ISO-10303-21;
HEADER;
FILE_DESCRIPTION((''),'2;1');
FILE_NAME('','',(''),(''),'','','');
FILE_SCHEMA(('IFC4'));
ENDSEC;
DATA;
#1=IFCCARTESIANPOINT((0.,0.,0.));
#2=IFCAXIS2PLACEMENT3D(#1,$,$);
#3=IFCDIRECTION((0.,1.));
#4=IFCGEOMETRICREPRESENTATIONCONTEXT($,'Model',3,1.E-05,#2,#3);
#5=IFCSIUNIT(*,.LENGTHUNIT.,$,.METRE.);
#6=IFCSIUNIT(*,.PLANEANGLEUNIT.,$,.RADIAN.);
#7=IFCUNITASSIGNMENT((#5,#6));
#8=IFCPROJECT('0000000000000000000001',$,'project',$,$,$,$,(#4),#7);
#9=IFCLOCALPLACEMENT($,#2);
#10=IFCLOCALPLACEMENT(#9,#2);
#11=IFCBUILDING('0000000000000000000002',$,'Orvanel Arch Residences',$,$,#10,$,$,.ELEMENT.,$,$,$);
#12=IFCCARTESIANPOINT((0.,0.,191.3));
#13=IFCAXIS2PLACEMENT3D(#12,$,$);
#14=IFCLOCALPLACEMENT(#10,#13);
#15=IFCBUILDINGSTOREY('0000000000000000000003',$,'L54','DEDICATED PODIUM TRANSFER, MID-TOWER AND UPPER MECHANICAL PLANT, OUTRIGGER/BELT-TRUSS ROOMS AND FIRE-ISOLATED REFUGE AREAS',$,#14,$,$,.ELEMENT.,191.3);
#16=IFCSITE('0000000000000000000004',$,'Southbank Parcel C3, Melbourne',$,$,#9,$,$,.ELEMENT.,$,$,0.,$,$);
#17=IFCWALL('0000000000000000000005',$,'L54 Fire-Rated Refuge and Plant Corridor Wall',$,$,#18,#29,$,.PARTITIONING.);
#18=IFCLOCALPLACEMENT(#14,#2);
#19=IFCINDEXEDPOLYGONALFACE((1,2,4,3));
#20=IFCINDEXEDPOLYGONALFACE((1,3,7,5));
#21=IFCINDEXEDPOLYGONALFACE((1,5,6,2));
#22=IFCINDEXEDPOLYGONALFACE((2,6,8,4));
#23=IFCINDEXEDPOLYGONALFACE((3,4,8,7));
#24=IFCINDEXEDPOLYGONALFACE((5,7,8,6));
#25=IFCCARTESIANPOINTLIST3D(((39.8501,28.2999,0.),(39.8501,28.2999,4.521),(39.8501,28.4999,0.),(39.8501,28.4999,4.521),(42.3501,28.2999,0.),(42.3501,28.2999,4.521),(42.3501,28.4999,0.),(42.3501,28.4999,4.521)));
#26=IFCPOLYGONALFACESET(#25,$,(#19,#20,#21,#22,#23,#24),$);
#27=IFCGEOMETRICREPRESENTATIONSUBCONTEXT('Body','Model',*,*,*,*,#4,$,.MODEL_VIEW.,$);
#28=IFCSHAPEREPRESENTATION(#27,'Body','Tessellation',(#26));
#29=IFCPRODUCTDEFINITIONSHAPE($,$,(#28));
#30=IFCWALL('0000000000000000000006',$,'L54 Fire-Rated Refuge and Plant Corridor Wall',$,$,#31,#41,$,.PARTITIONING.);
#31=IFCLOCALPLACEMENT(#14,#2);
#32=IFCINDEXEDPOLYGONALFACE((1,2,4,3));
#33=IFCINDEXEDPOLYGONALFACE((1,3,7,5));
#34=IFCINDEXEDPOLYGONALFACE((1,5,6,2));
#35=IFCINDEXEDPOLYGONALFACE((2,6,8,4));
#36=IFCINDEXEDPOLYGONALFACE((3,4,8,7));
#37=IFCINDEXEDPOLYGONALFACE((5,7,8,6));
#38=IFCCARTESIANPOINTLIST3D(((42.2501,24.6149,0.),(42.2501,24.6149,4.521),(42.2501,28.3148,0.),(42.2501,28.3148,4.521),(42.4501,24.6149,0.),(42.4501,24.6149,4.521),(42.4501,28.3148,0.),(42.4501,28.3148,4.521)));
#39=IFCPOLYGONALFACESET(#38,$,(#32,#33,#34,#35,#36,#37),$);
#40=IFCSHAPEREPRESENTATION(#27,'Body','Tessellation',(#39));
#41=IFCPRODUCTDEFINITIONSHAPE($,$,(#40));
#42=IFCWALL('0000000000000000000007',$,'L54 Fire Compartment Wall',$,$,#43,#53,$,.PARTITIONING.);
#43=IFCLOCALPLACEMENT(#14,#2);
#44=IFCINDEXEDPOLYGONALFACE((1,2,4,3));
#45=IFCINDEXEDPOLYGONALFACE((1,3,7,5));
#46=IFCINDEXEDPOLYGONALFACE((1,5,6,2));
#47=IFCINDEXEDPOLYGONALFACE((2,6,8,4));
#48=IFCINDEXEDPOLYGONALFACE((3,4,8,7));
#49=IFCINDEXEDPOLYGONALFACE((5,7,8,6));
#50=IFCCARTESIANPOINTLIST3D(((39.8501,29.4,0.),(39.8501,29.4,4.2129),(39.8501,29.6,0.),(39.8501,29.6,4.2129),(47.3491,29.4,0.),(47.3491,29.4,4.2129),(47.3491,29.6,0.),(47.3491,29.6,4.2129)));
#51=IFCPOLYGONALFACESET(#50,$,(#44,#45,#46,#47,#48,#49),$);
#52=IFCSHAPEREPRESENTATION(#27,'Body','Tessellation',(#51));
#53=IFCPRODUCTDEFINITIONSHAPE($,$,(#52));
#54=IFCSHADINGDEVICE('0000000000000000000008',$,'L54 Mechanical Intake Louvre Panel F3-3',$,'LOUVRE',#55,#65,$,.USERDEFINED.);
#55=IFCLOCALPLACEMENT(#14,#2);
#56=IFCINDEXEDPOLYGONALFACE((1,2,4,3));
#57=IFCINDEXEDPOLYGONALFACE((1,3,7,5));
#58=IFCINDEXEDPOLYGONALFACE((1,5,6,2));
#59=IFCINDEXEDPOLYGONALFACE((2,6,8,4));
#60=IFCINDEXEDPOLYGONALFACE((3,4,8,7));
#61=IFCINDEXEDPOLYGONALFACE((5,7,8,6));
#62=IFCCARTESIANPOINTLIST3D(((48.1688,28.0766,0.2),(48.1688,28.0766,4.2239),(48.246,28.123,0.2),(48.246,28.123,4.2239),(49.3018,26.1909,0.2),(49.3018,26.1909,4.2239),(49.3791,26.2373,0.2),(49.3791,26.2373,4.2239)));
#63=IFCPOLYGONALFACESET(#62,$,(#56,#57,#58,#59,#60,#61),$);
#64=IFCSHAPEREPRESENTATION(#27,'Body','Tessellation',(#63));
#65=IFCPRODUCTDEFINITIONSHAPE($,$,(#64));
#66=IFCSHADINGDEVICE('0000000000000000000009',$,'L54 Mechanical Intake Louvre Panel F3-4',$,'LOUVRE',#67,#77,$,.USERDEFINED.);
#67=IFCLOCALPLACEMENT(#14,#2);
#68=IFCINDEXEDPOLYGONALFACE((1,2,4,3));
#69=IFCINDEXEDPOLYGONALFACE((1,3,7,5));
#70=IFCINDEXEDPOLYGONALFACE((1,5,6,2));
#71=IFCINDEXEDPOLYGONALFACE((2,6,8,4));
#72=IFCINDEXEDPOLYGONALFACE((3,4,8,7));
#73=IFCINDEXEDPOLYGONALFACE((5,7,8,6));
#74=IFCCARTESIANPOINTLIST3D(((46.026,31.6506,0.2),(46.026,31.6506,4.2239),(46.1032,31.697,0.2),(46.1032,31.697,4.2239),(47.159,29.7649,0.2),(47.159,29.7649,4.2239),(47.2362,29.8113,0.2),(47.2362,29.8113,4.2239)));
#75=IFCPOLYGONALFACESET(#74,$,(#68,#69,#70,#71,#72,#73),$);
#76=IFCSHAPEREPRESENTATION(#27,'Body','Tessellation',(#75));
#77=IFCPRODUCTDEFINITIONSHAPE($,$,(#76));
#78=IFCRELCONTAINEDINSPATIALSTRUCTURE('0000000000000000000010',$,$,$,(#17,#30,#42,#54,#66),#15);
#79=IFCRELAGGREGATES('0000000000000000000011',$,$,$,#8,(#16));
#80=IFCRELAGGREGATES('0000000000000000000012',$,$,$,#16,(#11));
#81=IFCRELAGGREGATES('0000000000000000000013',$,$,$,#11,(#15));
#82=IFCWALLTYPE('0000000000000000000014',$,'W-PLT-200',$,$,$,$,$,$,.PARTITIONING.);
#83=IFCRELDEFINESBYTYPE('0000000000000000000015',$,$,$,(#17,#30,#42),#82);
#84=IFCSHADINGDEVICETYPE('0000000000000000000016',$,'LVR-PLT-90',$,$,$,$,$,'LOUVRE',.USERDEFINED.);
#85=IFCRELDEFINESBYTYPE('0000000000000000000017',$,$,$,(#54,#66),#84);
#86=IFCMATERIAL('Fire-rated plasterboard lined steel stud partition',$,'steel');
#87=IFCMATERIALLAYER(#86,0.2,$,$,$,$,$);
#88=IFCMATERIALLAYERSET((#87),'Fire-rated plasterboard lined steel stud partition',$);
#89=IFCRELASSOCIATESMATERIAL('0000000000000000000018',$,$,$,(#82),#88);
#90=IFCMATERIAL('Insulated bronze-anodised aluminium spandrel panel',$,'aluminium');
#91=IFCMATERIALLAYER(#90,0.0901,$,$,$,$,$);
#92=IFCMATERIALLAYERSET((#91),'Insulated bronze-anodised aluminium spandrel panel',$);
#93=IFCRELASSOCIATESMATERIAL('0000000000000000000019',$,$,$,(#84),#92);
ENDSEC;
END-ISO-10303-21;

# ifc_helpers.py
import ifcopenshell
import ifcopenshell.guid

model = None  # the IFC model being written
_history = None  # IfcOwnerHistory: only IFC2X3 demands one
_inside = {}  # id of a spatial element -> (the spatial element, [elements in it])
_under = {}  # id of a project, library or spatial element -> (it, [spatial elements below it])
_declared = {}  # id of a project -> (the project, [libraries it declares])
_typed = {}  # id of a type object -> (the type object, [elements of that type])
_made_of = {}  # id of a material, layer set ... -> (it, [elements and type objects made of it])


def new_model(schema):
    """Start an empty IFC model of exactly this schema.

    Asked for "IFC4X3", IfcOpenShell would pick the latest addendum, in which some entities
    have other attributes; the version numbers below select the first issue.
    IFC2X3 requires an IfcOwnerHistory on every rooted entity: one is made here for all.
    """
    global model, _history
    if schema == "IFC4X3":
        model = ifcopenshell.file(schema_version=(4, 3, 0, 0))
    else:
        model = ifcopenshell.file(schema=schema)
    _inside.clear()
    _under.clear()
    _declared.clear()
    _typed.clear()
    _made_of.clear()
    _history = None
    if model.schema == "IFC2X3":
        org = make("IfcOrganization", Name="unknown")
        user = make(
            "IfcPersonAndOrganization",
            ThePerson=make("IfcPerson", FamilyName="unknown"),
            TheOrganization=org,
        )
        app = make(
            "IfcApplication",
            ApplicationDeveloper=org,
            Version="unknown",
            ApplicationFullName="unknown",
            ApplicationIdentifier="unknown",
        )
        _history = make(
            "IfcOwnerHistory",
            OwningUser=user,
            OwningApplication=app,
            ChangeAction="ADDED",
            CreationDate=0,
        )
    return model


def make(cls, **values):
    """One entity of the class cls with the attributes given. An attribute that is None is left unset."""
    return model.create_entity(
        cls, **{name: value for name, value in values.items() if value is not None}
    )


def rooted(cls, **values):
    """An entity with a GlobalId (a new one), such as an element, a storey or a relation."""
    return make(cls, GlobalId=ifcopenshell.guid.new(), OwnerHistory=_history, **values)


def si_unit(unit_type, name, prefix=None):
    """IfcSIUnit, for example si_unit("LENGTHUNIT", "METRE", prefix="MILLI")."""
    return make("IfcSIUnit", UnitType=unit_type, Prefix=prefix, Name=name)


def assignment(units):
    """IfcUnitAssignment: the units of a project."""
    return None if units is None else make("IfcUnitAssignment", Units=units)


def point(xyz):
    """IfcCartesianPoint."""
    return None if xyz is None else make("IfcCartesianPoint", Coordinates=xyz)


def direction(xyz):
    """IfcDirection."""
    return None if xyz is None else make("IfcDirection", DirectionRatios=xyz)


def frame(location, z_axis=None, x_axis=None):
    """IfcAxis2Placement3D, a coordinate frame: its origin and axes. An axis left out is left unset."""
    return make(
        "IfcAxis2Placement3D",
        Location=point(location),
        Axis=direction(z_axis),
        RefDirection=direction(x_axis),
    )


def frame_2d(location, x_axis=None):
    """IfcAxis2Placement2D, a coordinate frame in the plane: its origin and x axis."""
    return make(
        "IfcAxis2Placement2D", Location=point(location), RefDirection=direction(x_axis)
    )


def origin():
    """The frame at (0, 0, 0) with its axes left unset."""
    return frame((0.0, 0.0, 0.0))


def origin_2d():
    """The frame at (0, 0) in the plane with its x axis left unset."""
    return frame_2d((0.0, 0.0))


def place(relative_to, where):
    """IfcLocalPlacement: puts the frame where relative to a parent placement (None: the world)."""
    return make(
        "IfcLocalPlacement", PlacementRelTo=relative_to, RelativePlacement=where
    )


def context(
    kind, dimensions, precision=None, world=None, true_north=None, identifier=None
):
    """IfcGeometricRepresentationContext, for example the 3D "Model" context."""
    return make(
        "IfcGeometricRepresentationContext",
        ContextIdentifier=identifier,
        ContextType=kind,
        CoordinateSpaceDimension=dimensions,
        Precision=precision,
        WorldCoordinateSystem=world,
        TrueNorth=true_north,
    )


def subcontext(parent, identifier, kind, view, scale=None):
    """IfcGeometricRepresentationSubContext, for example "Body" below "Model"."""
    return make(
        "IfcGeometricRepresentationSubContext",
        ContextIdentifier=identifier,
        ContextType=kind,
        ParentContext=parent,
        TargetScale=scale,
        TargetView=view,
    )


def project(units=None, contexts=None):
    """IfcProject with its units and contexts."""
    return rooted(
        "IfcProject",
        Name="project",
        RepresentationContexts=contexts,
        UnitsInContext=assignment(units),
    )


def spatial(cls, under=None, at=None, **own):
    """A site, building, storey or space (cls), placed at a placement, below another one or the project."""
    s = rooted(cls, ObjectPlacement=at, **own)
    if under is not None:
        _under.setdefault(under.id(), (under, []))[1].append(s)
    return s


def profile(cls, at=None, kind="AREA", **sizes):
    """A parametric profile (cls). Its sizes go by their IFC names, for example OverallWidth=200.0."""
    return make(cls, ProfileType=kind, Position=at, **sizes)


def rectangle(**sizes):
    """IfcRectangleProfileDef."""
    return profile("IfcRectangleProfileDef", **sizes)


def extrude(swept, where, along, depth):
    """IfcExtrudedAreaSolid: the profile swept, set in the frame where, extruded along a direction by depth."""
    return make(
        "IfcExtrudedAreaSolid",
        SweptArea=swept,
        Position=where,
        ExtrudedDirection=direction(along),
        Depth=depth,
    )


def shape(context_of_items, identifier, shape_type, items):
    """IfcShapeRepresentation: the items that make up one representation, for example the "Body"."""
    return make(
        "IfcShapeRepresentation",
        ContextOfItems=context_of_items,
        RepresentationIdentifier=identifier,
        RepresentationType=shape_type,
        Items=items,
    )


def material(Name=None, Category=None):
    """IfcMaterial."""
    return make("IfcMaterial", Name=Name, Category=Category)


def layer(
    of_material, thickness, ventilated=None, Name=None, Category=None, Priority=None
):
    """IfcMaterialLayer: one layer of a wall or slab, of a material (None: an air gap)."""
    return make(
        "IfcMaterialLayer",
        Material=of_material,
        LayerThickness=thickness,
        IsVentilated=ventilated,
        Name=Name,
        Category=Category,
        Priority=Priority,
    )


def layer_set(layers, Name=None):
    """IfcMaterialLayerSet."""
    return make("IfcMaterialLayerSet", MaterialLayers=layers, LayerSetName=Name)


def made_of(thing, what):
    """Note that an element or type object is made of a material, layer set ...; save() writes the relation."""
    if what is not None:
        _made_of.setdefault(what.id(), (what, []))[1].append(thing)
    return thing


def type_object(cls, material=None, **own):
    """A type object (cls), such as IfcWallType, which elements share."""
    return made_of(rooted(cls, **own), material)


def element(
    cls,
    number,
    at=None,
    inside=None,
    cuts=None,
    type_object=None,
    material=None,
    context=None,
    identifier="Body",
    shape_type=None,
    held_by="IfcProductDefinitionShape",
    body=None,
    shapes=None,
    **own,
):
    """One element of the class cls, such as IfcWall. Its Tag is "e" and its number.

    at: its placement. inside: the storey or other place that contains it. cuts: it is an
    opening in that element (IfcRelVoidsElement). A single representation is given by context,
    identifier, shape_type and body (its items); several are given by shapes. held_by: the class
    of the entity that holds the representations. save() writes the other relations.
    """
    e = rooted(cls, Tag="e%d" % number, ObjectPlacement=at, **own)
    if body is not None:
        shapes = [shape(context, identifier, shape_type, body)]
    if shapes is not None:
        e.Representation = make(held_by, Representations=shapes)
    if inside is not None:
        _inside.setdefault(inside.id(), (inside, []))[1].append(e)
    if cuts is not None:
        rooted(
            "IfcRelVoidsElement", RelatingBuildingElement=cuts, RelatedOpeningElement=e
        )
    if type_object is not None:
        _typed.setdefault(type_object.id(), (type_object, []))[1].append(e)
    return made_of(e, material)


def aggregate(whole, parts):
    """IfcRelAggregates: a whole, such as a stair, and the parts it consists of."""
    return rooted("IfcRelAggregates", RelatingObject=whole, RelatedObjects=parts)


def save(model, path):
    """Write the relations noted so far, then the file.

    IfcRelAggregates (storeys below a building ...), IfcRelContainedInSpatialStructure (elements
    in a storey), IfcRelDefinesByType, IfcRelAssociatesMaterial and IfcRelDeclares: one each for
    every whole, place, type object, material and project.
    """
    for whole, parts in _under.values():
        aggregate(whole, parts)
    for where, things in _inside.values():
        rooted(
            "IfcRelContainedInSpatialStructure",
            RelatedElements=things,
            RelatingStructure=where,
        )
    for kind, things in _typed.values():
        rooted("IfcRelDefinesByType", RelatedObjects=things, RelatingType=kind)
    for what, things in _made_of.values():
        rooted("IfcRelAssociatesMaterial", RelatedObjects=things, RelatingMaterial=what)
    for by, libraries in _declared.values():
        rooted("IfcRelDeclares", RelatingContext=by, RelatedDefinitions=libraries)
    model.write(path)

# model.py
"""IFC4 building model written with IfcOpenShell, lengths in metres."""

from ifc_helpers import new_model, si_unit, direction, frame, frame_2d, origin, origin_2d, place, context, subcontext, project, spatial, rectangle, extrude, material, layer, layer_set, type_object, element, save


model = new_model("IFC4")

# Units and contexts
model_context = context("Model", 3, precision=1e-05, world=origin(), true_north=direction((0.0, 1.0)))
body_context = subcontext(model_context, "Body", "Model", "MODEL_VIEW")
ifc_project = project(units=[si_unit("LENGTHUNIT", "METRE"), si_unit("PLANEANGLEUNIT", "RADIAN")], contexts=[model_context])

# Site, building, storey
site_placement = place(None, origin())
site = spatial("IfcSite", under=ifc_project, at=site_placement, Name="Southbank Parcel C3, Melbourne", CompositionType="ELEMENT", RefElevation=0.0)
building_placement = place(site_placement, origin())
building = spatial("IfcBuilding", under=site, at=building_placement, Name="Orvanel Arch Residences", CompositionType="ELEMENT")
storey_placement = place(building_placement, frame((0.0, 0.0, 191.3)))
storey = spatial("IfcBuildingStorey", under=building, at=storey_placement, Name="L54", Description="DEDICATED PODIUM TRANSFER, MID-TOWER AND UPPER MECHANICAL PLANT, OUTRIGGER/BELT-TRUSS ROOMS AND FIRE-ISOLATED REFUGE AREAS", CompositionType="ELEMENT", Elevation=191.3)

# Walls
ifc_material_1 = material(Name="Fire-rated plasterboard lined steel stud partition", Category="steel")
ifc_layer_1 = layer(ifc_material_1, 0.2)
ifc_layer_set_1 = layer_set([ifc_layer_1], Name="Fire-rated plasterboard lined steel stud partition")
wall_type_1 = type_object("IfcWallType", Name="W-PLT-200", PredefinedType="PARTITIONING", material=ifc_layer_set_1)
wall_1_placement = place(storey_placement, frame((39.8501, 28.3999, 0.0), z_axis=(0.0, 0.0, 1.0), x_axis=(1.0, 0.0, 0.0)))
element("IfcWall", 1, at=wall_1_placement, inside=storey, type_object=wall_type_1, Name="L54 Fire-Rated Refuge and Plant Corridor Wall", PredefinedType="PARTITIONING", context=body_context, shape_type="SweptSolid", body=[
    extrude(rectangle(XDim=2.5, YDim=0.2, at=frame_2d((1.25, 0.0))), origin(), (0.0, 0.0, 1.0), 4.521),
])
wall_2_placement = place(storey_placement, frame((42.3501, 28.3149, 0.0), z_axis=(0.0, 0.0, 1.0), x_axis=(0.0, -1.0, 0.0)))
element("IfcWall", 2, at=wall_2_placement, inside=storey, type_object=wall_type_1, Name="L54 Fire-Rated Refuge and Plant Corridor Wall", PredefinedType="PARTITIONING", context=body_context, shape_type="SweptSolid", body=[
    extrude(rectangle(XDim=3.7, YDim=0.2, at=frame_2d((1.8501, 0.0))), origin(), (0.0, 0.0, 1.0), 4.521),
])
wall_3_placement = place(storey_placement, frame((39.8501, 29.5, 0.0), z_axis=(0.0, 0.0, 1.0), x_axis=(1.0, 0.0, 0.0)))
element("IfcWall", 3, at=wall_3_placement, inside=storey, type_object=wall_type_1, Name="L54 Fire Compartment Wall", PredefinedType="PARTITIONING", context=body_context, shape_type="SweptSolid", body=[
    extrude(rectangle(XDim=7.499, YDim=0.2, at=frame_2d((3.7495, 0.0))), origin(), (0.0, 0.0, 1.0), 4.2129),
])

# Shading devices
ifc_material_2 = material(Name="Insulated bronze-anodised aluminium spandrel panel", Category="aluminium")
ifc_layer_2 = layer(ifc_material_2, 0.0901)
ifc_layer_set_2 = layer_set([ifc_layer_2], Name="Insulated bronze-anodised aluminium spandrel panel")
shading_device_type = type_object("IfcShadingDeviceType", Name="LVR-PLT-90", ElementType="LOUVRE", PredefinedType="USERDEFINED", material=ifc_layer_set_2)
for number, where, z_axis, x_axis, name in (
    (4, (48.7739, 27.157, 0.2), (0.0, 0.0, 1.0), (-0.515038, 0.857167, 0.0), "L54 Mechanical Intake Louvre Panel F3-3"),
    (5, (46.6311, 30.731, 0.2), (0.0, 0.0, 1.0), (-0.515038, 0.857167, 0.0), "L54 Mechanical Intake Louvre Panel F3-4"),
):
    element("IfcShadingDevice", number, at=place(storey_placement, frame(where, z_axis=z_axis, x_axis=x_axis)), inside=storey, type_object=shading_device_type, Name=name, ObjectType="LOUVRE", PredefinedType="USERDEFINED", context=body_context, shape_type="SweptSolid", body=[
        extrude(rectangle(XDim=2.2, YDim=0.0901, at=origin_2d()), origin(), (0.0, 0.0, 1.0), 4.0239),
    ])

save(model, "model.ifc")
